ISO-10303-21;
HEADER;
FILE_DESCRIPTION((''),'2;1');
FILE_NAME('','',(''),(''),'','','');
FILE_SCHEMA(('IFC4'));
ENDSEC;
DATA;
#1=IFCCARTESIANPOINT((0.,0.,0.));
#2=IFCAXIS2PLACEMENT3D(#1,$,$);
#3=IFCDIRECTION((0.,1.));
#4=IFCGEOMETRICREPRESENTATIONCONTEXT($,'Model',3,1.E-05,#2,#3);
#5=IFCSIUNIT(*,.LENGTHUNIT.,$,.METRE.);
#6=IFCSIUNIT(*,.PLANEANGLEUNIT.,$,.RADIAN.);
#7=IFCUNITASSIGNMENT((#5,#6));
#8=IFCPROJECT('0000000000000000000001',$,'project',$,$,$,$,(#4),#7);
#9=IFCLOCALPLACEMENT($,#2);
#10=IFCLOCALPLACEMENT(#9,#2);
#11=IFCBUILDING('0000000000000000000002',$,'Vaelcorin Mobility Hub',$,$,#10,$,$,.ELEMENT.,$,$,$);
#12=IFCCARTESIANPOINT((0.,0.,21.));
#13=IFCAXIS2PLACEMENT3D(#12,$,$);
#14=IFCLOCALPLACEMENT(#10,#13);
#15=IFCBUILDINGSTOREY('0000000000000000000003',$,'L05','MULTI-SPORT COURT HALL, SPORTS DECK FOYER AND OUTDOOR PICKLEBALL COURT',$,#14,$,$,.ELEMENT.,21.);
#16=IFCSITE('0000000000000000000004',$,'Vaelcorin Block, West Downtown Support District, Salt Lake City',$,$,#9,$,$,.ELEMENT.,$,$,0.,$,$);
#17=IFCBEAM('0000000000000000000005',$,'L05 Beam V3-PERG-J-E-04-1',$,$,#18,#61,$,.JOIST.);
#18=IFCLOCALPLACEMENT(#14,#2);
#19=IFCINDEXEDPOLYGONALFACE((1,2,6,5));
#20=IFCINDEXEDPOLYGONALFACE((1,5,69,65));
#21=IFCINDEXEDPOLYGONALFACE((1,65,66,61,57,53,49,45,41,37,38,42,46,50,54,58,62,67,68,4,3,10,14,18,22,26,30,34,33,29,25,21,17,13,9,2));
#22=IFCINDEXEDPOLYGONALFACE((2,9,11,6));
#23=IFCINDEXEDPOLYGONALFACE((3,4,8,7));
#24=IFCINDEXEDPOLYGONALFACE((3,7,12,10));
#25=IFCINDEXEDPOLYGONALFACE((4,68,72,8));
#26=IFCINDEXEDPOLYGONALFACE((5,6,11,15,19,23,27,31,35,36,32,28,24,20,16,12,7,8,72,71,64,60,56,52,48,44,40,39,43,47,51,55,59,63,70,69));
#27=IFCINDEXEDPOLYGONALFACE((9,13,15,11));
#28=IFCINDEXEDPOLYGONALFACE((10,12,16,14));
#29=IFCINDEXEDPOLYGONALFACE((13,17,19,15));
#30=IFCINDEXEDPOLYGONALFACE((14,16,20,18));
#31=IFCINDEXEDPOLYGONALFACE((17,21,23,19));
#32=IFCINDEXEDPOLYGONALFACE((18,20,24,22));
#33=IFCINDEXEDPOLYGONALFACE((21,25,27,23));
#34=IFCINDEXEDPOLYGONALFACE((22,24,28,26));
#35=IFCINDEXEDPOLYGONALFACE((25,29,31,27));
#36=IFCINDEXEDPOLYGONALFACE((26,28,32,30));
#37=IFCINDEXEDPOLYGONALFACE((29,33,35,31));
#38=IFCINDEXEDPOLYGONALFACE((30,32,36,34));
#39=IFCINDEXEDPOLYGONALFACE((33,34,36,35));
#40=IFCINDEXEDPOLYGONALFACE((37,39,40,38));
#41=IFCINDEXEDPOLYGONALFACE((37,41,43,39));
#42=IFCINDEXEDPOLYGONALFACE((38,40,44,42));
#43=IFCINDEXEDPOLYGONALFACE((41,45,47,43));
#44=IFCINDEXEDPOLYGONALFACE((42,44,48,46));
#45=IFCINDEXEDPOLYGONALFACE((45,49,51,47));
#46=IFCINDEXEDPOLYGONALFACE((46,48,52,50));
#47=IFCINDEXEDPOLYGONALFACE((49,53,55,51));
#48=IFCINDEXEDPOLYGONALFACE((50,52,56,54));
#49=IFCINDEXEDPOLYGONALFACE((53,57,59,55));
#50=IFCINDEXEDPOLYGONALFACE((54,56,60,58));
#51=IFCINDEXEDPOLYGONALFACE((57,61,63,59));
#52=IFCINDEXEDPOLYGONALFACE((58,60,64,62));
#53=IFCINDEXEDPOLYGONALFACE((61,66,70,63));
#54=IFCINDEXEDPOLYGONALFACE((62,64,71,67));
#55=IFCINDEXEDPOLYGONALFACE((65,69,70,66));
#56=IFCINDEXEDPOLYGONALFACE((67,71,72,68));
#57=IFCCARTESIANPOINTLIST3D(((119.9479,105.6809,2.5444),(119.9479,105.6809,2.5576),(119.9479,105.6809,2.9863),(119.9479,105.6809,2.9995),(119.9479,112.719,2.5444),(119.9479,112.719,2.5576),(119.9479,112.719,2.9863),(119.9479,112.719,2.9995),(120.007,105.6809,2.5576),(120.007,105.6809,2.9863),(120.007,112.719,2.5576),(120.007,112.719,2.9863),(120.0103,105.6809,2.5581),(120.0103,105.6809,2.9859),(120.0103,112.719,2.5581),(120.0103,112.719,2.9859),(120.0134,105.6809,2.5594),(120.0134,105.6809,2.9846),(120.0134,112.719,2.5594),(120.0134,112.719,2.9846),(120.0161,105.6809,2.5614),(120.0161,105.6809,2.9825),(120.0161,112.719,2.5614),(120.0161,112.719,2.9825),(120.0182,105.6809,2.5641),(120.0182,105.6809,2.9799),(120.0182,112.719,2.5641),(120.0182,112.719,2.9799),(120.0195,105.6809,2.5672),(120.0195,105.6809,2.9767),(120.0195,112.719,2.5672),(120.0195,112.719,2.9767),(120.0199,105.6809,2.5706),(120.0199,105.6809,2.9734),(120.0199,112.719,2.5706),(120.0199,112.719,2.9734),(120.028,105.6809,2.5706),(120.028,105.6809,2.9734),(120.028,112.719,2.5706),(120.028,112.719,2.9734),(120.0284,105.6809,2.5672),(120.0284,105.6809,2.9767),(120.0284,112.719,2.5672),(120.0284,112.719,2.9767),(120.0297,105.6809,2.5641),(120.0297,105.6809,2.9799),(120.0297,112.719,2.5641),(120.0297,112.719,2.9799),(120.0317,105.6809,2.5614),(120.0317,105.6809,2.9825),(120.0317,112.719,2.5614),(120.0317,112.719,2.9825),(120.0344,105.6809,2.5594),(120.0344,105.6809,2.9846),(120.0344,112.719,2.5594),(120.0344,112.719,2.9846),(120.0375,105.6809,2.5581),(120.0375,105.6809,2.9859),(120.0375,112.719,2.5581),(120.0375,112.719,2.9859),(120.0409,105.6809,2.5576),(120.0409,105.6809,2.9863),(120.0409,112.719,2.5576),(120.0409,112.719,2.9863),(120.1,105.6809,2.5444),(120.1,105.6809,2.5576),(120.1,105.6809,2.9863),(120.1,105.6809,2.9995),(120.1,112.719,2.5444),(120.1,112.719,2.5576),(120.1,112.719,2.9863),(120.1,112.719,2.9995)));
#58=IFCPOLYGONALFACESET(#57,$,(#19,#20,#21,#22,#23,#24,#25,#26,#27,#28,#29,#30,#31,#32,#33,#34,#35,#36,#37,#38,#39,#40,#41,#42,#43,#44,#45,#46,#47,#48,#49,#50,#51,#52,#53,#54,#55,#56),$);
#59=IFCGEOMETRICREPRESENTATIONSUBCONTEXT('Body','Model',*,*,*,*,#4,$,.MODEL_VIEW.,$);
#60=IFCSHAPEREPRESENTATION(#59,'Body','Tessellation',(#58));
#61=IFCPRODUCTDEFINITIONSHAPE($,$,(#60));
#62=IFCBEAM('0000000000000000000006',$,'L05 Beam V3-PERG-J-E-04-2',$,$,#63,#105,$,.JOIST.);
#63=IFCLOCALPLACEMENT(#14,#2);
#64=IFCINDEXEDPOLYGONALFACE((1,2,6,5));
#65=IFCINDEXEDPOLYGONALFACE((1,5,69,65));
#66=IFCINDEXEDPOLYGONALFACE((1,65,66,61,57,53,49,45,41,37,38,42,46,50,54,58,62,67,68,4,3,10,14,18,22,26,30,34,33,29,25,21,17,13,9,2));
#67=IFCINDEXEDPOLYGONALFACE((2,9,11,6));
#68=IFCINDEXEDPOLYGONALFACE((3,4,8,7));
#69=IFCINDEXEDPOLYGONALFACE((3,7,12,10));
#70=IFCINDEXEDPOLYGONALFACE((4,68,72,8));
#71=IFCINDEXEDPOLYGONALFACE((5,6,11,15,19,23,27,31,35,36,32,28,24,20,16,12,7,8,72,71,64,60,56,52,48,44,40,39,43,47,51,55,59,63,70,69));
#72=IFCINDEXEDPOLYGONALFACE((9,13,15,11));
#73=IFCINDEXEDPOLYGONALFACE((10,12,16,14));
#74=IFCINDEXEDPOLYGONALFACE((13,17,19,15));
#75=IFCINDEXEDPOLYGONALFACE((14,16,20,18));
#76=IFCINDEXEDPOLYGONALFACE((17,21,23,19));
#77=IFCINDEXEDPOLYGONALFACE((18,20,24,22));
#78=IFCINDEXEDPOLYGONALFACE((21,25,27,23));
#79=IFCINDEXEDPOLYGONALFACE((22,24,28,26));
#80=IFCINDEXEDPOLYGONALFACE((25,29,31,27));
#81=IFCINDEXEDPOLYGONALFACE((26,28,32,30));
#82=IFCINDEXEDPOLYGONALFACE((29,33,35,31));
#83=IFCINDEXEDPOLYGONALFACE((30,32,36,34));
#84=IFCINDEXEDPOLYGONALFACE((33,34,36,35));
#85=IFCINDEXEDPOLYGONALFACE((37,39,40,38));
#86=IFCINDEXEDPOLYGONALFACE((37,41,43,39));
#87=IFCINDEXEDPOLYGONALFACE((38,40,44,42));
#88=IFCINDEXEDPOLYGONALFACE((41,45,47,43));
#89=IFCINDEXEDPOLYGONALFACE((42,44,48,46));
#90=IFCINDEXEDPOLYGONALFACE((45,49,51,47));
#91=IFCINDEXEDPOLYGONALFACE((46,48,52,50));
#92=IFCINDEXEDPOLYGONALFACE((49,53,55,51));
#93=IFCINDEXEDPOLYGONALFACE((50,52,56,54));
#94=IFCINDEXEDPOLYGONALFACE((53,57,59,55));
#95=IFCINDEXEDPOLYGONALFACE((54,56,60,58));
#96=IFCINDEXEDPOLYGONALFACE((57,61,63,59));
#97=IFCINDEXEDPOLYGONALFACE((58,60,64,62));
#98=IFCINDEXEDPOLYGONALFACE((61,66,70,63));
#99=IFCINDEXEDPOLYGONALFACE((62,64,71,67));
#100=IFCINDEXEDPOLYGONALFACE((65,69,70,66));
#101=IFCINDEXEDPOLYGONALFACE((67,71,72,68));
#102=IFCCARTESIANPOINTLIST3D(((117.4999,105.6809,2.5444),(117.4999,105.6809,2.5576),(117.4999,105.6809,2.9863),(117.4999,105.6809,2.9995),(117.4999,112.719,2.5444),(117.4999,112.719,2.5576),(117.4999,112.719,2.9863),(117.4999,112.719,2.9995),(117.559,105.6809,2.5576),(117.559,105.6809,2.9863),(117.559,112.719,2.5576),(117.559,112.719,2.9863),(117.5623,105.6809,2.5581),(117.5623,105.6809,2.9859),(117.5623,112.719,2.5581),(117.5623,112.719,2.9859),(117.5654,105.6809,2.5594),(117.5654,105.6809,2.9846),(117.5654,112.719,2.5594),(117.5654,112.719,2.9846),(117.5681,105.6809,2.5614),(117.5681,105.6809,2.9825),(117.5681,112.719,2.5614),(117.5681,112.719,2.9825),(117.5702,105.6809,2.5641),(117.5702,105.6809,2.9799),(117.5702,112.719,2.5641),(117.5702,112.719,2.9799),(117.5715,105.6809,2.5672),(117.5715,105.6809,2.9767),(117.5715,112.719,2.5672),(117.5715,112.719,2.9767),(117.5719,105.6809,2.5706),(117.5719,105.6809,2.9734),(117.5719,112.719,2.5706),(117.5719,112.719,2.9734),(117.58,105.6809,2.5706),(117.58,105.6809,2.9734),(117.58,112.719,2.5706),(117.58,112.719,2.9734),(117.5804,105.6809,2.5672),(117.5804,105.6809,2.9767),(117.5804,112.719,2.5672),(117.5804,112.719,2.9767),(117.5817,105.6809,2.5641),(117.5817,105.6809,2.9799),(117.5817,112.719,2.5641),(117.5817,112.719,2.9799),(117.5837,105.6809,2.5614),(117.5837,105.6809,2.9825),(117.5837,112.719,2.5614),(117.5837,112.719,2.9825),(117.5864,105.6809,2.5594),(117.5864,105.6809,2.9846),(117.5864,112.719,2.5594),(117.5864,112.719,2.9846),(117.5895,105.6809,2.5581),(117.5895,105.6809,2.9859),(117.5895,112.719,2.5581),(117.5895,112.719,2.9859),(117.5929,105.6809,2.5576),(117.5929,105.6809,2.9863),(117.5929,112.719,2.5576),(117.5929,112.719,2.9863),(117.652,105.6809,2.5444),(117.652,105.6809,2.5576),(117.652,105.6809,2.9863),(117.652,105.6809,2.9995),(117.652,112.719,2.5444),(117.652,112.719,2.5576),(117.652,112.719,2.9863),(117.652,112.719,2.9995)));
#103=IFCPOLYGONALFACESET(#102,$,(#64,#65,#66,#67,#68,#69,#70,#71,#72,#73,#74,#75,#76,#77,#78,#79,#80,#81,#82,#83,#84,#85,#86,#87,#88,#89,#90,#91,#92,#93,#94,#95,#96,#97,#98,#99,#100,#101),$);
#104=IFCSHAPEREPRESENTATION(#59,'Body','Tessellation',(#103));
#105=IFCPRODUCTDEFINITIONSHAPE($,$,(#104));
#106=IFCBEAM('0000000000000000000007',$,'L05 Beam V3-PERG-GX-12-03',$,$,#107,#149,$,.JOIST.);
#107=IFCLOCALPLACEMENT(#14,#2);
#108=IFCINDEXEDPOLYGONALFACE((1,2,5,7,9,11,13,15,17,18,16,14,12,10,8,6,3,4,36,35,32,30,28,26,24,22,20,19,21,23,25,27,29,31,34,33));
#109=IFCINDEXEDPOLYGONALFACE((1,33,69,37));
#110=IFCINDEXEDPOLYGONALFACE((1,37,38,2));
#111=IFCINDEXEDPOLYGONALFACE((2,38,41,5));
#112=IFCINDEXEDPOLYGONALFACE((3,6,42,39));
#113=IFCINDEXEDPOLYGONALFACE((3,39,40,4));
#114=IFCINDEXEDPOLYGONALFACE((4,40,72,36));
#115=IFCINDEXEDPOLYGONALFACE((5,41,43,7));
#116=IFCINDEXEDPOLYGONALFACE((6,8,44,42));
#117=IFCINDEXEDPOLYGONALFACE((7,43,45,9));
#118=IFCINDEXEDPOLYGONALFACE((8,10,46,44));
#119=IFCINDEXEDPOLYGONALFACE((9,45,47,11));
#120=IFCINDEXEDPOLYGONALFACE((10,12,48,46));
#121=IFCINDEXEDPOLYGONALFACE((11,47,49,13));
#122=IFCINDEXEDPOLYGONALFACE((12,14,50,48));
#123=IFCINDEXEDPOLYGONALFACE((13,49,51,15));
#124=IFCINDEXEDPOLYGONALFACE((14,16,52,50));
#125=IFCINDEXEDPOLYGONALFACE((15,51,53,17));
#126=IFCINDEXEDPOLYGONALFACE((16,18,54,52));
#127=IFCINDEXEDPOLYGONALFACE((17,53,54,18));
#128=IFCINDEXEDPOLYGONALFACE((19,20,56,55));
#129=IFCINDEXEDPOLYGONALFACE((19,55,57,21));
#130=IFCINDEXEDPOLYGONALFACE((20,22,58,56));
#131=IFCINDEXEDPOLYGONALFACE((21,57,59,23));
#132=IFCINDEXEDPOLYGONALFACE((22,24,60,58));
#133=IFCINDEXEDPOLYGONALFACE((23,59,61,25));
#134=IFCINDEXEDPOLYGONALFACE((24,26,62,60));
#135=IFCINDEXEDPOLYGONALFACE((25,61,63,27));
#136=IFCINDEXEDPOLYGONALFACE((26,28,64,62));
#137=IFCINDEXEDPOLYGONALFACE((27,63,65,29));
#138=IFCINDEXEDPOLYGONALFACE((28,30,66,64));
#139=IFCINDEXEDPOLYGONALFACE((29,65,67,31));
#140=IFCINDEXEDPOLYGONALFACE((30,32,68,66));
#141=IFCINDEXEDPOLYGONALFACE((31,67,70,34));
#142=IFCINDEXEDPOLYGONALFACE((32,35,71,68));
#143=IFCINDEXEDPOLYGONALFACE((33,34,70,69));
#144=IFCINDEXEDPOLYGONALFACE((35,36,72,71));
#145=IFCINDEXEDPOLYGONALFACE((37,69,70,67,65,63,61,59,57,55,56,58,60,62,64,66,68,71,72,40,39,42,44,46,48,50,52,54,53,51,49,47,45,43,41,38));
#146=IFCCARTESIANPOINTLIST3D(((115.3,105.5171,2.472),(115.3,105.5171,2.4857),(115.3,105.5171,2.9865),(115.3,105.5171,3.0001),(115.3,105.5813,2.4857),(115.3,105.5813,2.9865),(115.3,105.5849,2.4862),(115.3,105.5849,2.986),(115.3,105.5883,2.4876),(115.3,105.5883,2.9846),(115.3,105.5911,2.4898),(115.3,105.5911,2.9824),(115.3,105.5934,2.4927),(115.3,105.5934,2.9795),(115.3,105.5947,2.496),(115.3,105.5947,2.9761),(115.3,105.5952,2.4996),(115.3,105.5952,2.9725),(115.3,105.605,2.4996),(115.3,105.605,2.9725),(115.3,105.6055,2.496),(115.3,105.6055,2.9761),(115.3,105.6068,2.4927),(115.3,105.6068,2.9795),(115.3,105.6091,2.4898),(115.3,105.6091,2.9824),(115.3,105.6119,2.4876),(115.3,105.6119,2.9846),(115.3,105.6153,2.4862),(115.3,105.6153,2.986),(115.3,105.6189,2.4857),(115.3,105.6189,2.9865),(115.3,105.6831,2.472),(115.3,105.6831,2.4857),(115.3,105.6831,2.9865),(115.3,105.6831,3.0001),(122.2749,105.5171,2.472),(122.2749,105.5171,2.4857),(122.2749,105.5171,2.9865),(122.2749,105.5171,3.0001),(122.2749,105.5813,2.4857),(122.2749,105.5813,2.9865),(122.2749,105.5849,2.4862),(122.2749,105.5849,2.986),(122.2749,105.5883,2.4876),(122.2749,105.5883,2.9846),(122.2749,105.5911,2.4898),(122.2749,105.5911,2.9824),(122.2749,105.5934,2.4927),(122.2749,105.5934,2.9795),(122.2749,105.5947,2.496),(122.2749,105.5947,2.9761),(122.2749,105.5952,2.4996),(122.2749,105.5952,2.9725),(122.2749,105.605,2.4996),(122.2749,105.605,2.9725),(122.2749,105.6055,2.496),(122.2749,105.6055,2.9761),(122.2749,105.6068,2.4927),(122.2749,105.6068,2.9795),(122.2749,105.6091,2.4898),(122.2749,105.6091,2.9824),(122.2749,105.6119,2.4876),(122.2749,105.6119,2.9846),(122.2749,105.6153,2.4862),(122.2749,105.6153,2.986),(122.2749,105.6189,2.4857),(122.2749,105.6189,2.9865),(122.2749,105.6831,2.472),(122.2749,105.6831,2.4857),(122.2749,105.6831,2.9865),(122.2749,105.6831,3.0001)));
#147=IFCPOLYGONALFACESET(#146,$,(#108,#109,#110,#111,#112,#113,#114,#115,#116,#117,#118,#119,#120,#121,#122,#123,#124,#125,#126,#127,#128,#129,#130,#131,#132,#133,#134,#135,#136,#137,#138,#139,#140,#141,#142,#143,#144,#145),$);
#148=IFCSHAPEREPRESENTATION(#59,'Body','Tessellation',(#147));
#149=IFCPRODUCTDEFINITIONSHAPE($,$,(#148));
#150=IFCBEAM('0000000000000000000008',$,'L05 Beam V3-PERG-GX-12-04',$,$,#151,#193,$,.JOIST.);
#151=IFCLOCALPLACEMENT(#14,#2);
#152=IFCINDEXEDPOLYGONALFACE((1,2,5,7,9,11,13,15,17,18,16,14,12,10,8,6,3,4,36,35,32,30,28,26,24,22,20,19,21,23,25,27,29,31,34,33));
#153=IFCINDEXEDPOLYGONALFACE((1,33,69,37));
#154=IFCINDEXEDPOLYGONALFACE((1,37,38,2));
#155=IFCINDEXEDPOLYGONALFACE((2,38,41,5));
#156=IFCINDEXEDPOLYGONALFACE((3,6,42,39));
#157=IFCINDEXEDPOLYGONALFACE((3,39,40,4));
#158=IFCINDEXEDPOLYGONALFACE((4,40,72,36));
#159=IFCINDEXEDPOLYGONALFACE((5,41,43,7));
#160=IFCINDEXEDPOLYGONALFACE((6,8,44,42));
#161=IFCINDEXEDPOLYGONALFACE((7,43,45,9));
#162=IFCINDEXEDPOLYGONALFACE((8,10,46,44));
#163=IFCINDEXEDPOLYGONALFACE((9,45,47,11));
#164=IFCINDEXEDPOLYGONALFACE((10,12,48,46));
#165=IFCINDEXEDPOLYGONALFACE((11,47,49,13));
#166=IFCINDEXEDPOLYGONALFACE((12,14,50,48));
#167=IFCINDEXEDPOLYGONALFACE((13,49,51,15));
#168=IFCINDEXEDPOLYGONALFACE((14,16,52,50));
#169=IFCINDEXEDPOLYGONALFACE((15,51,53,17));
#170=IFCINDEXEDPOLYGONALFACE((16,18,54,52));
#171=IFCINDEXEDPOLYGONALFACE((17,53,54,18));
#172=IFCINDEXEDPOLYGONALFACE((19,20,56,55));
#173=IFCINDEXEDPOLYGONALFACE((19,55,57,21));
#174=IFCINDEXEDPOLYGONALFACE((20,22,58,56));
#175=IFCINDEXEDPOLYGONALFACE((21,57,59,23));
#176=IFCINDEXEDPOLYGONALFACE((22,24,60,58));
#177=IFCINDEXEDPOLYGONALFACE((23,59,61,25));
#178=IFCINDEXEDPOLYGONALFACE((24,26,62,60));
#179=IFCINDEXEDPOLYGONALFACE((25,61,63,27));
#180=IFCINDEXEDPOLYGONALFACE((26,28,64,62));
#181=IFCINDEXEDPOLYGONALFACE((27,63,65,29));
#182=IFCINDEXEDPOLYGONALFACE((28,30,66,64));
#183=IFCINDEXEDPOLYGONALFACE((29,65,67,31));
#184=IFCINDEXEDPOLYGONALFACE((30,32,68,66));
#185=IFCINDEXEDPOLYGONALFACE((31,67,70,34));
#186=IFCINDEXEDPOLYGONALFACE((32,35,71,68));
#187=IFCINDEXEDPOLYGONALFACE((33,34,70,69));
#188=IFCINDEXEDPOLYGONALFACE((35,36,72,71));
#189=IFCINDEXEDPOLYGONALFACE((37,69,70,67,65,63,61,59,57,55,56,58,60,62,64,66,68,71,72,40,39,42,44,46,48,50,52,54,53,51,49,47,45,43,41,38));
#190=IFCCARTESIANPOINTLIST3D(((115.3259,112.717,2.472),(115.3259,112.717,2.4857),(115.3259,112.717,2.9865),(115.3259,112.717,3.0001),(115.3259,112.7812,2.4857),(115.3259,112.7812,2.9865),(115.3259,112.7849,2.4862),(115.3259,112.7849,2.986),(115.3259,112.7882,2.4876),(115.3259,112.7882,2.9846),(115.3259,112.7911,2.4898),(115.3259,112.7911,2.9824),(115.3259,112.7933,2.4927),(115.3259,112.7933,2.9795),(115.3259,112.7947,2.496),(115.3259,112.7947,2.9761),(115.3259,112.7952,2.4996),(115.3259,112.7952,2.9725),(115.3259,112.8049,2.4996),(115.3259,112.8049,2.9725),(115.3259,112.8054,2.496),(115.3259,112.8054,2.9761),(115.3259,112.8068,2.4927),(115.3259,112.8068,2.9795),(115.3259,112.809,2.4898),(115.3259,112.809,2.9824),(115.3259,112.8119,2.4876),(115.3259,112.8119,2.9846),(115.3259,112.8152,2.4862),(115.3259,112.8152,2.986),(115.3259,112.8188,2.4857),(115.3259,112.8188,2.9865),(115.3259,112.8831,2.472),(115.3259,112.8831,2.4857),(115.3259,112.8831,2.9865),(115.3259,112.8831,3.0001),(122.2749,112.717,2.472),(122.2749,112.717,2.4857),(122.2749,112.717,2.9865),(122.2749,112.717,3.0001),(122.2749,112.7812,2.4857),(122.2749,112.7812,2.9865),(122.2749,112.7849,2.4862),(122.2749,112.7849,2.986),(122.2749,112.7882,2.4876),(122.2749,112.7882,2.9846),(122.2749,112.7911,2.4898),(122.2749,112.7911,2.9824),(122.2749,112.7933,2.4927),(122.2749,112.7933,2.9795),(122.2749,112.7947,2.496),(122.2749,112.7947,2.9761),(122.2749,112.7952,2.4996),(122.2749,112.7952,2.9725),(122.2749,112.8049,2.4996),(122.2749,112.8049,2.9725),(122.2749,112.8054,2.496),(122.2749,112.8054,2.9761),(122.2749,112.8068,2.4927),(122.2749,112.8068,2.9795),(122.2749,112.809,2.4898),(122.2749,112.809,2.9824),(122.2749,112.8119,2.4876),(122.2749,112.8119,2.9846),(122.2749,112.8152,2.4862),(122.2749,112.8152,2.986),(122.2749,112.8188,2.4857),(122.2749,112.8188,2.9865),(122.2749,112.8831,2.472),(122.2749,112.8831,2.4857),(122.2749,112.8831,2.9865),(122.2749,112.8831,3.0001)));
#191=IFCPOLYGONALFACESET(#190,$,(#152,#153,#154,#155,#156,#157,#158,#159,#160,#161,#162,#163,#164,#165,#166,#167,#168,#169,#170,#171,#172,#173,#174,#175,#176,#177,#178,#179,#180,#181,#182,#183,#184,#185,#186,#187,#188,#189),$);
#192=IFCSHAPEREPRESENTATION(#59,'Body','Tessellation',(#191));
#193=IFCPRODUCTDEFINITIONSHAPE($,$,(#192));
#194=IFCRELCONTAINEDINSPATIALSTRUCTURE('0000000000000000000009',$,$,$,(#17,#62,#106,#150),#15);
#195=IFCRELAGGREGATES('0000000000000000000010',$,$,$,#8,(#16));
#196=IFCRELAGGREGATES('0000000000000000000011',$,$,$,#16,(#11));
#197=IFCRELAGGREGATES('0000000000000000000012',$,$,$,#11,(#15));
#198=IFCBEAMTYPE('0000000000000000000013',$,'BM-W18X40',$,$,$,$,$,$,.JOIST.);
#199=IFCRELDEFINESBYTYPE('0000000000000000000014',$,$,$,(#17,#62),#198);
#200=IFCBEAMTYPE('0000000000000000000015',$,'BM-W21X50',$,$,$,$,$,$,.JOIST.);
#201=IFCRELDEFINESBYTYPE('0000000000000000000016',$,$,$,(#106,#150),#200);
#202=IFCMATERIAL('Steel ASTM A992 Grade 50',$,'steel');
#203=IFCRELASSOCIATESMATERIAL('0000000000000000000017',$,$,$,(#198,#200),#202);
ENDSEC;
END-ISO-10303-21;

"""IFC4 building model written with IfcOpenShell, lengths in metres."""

from ifc_helpers import new_model, si_unit, direction, frame, origin, origin_2d, place, context, subcontext, project, spatial, i_section, extrude, material, material_profile, profile_set, type_object, element, save


model = new_model("IFC4")

# Units and contexts
model_context = context("Model", 3, precision=1e-05, world=origin(), true_north=direction((0.0, 1.0)))
body_context = subcontext(model_context, "Body", "Model", "MODEL_VIEW")
ifc_project = project(units=[si_unit("LENGTHUNIT", "METRE"), si_unit("PLANEANGLEUNIT", "RADIAN")], contexts=[model_context])

# Site, building, storey
site_placement = place(None, origin())
site = spatial("IfcSite", under=ifc_project, at=site_placement, Name="Vaelcorin Block, West Downtown Support District, Salt Lake City", CompositionType="ELEMENT", RefElevation=0.0)
building_placement = place(site_placement, origin())
building = spatial("IfcBuilding", under=site, at=building_placement, Name="Vaelcorin Mobility Hub", CompositionType="ELEMENT")
storey_placement = place(building_placement, frame((0.0, 0.0, 21.0)))
storey = spatial("IfcBuildingStorey", under=building, at=storey_placement, Name="L05", Description="MULTI-SPORT COURT HALL, SPORTS DECK FOYER AND OUTDOOR PICKLEBALL COURT", CompositionType="ELEMENT", Elevation=21.0)

# Shared definitions
ifc_material_1 = material(Name="Steel ASTM A992 Grade 50", Category="steel")

# Beams
ifc_material_profile_1 = material_profile(ifc_material_1, i_section(OverallWidth=0.1521, OverallDepth=0.4551, WebThickness=0.0081, FlangeThickness=0.0132, FilletRadius=0.0129, at=origin_2d()), Name="W18X40")
ifc_profile_set_1 = profile_set([ifc_material_profile_1], Name="Steel ASTM A992 Grade 50")
beam_type_1 = type_object("IfcBeamType", Name="BM-W18X40", PredefinedType="JOIST", material=ifc_profile_set_1)
for number, where, z_axis, x_axis, name in (
    (1, (120.0239, 105.6809, 2.772), (0.0, 1.0, 0.0), (-1.0, 0.0, 0.0), "L05 Beam V3-PERG-J-E-04-1"),
    (2, (117.5759, 105.6809, 2.772), (0.0, 1.0, 0.0), (-1.0, 0.0, 0.0), "L05 Beam V3-PERG-J-E-04-2"),
):
    element("IfcBeam", number, at=place(storey_placement, frame(where, z_axis=z_axis, x_axis=x_axis)), inside=storey, type_object=beam_type_1, Name=name, PredefinedType="JOIST", context=body_context, shape_type="SweptSolid", body=[
        extrude(i_section(OverallWidth=0.1521, OverallDepth=0.4551, WebThickness=0.0081, FlangeThickness=0.0132, FilletRadius=0.0129, at=origin_2d()), origin(), (0.0, 0.0, 1.0), 7.0381),
    ])
ifc_material_profile_2 = material_profile(ifc_material_1, i_section(OverallWidth=0.166, OverallDepth=0.5281, WebThickness=0.0098, FlangeThickness=0.0137, FilletRadius=0.0139, at=origin_2d()), Name="W21X50")
ifc_profile_set_2 = profile_set([ifc_material_profile_2], Name="Steel ASTM A992 Grade 50")
beam_type_2 = type_object("IfcBeamType", Name="BM-W21X50", PredefinedType="JOIST", material=ifc_profile_set_2)
beam_1_placement = place(storey_placement, frame((115.3, 105.6001, 2.7361), z_axis=(1.0, 0.0, 0.0), x_axis=(0.0, 1.0, 0.0)))
element("IfcBeam", 3, at=beam_1_placement, inside=storey, type_object=beam_type_2, Name="L05 Beam V3-PERG-GX-12-03", PredefinedType="JOIST", context=body_context, shape_type="SweptSolid", body=[
    extrude(i_section(OverallWidth=0.166, OverallDepth=0.5281, WebThickness=0.0098, FlangeThickness=0.0137, FilletRadius=0.0139, at=origin_2d()), origin(), (0.0, 0.0, 1.0), 6.9749),
])
beam_2_placement = place(storey_placement, frame((115.3259, 112.8, 2.7361), z_axis=(1.0, 0.0, 0.0), x_axis=(0.0, 1.0, 0.0)))
element("IfcBeam", 4, at=beam_2_placement, inside=storey, type_object=beam_type_2, Name="L05 Beam V3-PERG-GX-12-04", PredefinedType="JOIST", context=body_context, shape_type="SweptSolid", body=[
    extrude(i_section(OverallWidth=0.166, OverallDepth=0.5281, WebThickness=0.0098, FlangeThickness=0.0137, FilletRadius=0.0139, at=origin_2d()), origin(), (0.0, 0.0, 1.0), 6.949),
])

save(model, "model.ifc")
